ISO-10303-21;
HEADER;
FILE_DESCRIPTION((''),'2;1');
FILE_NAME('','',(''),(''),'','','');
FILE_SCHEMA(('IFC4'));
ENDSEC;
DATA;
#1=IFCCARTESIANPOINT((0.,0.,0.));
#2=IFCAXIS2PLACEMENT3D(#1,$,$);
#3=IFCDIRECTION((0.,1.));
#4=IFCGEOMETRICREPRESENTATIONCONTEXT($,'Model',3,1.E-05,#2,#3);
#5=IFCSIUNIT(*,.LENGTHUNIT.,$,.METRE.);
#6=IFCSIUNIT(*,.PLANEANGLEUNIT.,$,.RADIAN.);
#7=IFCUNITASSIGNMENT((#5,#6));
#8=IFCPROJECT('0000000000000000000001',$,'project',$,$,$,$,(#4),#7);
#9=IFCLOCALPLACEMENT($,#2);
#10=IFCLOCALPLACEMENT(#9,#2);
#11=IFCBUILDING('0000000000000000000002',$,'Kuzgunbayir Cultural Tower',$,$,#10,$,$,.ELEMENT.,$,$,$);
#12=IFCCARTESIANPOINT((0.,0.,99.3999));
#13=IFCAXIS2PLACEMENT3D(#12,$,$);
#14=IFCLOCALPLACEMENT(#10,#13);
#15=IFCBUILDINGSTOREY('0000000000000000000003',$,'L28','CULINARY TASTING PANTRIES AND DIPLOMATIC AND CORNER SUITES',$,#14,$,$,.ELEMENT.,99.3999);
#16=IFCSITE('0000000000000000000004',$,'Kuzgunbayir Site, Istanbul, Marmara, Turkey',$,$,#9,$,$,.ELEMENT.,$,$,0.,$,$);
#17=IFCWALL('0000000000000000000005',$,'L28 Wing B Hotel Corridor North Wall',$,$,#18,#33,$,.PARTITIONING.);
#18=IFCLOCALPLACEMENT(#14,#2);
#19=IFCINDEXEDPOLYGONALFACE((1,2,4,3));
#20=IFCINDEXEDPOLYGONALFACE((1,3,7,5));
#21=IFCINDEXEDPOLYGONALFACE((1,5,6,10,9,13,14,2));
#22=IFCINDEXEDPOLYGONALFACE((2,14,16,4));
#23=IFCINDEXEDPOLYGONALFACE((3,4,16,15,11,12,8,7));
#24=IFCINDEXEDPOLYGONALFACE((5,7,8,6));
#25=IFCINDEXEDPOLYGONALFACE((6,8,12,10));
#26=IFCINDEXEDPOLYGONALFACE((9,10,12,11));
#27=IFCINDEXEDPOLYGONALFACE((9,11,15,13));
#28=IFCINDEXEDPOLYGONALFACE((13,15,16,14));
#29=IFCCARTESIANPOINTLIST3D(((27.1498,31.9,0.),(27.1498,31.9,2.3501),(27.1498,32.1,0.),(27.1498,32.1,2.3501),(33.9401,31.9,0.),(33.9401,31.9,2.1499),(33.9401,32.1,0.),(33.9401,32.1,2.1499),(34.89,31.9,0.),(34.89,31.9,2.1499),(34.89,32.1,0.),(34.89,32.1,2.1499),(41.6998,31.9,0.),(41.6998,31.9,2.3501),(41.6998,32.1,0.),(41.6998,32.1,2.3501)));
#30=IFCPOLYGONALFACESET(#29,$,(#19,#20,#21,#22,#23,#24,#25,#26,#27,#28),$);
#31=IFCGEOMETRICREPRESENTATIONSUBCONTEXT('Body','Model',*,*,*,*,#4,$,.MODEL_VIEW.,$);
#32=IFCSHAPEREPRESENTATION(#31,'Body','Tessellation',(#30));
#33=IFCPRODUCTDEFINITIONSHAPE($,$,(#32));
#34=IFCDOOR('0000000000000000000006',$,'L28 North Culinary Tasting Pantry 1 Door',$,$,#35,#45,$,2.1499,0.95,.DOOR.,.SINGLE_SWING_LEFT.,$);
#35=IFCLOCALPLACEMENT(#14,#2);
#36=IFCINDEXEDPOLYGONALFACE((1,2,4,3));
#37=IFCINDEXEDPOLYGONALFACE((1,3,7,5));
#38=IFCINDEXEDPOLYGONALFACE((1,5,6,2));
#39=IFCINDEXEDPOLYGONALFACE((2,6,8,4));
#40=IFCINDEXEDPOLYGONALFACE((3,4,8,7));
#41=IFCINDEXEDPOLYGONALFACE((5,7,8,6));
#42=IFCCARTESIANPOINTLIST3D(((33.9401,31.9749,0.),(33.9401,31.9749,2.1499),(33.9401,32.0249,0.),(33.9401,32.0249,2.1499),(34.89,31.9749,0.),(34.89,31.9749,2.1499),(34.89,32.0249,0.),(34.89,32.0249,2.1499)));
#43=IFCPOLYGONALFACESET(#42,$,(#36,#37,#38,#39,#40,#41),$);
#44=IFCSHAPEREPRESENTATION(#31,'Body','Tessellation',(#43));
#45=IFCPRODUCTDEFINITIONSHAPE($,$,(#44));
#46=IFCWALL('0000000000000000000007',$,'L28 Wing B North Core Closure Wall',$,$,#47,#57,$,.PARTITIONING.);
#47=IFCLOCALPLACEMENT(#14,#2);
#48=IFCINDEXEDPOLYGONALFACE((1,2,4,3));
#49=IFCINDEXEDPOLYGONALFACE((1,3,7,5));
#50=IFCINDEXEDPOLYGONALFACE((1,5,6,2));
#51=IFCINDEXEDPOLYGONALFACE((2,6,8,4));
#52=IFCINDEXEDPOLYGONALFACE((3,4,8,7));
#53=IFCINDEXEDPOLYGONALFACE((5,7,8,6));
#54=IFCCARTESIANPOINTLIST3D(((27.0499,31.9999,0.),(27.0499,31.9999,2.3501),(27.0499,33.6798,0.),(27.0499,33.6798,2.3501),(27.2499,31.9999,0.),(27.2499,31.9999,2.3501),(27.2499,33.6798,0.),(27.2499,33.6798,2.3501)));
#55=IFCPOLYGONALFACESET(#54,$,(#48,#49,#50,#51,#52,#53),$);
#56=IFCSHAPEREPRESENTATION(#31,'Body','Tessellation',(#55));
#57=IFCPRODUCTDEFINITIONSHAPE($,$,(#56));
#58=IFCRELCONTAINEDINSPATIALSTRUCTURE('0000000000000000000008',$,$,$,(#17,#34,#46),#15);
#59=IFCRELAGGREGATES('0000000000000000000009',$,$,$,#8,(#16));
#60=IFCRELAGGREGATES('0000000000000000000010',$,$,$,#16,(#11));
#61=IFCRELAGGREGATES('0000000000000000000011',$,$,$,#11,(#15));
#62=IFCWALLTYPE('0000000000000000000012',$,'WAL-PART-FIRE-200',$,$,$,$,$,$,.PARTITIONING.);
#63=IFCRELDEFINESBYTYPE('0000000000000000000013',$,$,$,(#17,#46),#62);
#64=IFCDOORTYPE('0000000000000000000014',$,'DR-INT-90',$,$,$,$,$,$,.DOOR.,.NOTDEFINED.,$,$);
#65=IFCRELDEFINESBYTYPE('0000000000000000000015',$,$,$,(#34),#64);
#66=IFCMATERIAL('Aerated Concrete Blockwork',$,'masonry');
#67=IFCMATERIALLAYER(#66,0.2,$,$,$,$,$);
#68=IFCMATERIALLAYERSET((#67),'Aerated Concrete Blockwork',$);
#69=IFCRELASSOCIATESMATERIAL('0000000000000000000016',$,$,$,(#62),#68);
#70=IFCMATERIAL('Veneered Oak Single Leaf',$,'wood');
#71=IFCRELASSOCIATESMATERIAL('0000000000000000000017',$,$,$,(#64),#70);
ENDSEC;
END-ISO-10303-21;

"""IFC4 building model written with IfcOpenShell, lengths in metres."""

from ifc_helpers import new_model, si_unit, direction, frame, frame_2d, origin, place, context, subcontext, project, spatial, rectangle, extrude, material, layer, layer_set, type_object, element, fill, save


model = new_model("IFC4")

# Units and contexts
model_context = context("Model", 3, precision=1e-05, world=origin(), true_north=direction((0.0, 1.0)))
body_context = subcontext(model_context, "Body", "Model", "MODEL_VIEW")
ifc_project = project(units=[si_unit("LENGTHUNIT", "METRE"), si_unit("PLANEANGLEUNIT", "RADIAN")], contexts=[model_context])

# Site, building, storey
site_placement = place(None, origin())
site = spatial("IfcSite", under=ifc_project, at=site_placement, Name="Kuzgunbayir Site, Istanbul, Marmara, Turkey", CompositionType="ELEMENT", RefElevation=0.0)
building_placement = place(site_placement, origin())
building = spatial("IfcBuilding", under=site, at=building_placement, Name="Kuzgunbayir Cultural Tower", CompositionType="ELEMENT")
storey_placement = place(building_placement, frame((0.0, 0.0, 99.3999)))
storey = spatial("IfcBuildingStorey", under=building, at=storey_placement, Name="L28", Description="CULINARY TASTING PANTRIES AND DIPLOMATIC AND CORNER SUITES", CompositionType="ELEMENT", Elevation=99.3999)

# Shared definitions
ifc_material_1 = material(Name="Aerated Concrete Blockwork", Category="masonry")
ifc_layer = layer(ifc_material_1, 0.2)
ifc_layer_set = layer_set([ifc_layer], Name="Aerated Concrete Blockwork")
wall_type = type_object("IfcWallType", Name="WAL-PART-FIRE-200", PredefinedType="PARTITIONING", material=ifc_layer_set)
ifc_material_2 = material(Name="Veneered Oak Single Leaf", Category="wood")
door_type = type_object("IfcDoorType", Name="DR-INT-90", OperationType="NOTDEFINED", PredefinedType="DOOR", material=ifc_material_2)

# Wall, opening, door
wall_1_placement = place(storey_placement, frame((27.1499, 32.0, 0.0), z_axis=(0.0, 0.0, 1.0), x_axis=(1.0, 0.0, 0.0)))
wall_1 = element("IfcWall", 1, at=wall_1_placement, inside=storey, type_object=wall_type, Name="L28 Wing B Hotel Corridor North Wall", PredefinedType="PARTITIONING", context=body_context, shape_type="SweptSolid", body=[
    extrude(rectangle(XDim=14.55, YDim=0.2, at=frame_2d((7.2749, 0.0))), origin(), (0.0, 0.0, 1.0), 2.3501),
])
opening_1_placement = place(wall_1_placement, frame((6.79, 0.0, 0.0)))
opening_1 = element("IfcOpeningElement", 2, at=opening_1_placement, cuts=wall_1, PredefinedType="OPENING", context=body_context, shape_type="SweptSolid", body=[
    extrude(rectangle(XDim=0.95, YDim=2.1499, at=frame_2d((0.4751, 1.075))), frame((0.0, 0.1099, 0.0), z_axis=(0.0, -1.0, 0.0), x_axis=(1.0, 0.0, 0.0)), (0.0, 0.0, 1.0), 0.22),
])
door_1_placement = place(opening_1_placement, origin())
door_1 = element("IfcDoor", 3, at=door_1_placement, inside=storey, type_object=door_type, Name="L28 North Culinary Tasting Pantry 1 Door", OperationType="SINGLE_SWING_LEFT", OverallHeight=2.1499, OverallWidth=0.95, PredefinedType="DOOR", context=body_context, shape_type="SweptSolid", body=[
    extrude(rectangle(XDim=0.95, YDim=2.1499, at=frame_2d((0.4751, 1.075))), frame((0.0, 0.0249, 0.0), z_axis=(0.0, -1.0, 0.0), x_axis=(1.0, 0.0, 0.0)), (0.0, 0.0, 1.0), 0.05),
])
fill(opening_1, door_1)

# Wall
wall_2_placement = place(storey_placement, frame((27.1499, 32.0, 0.0), z_axis=(0.0, 0.0, 1.0), x_axis=(0.0, 1.0, 0.0)))
element("IfcWall", 4, at=wall_2_placement, inside=storey, type_object=wall_type, Name="L28 Wing B North Core Closure Wall", PredefinedType="PARTITIONING", context=body_context, shape_type="SweptSolid", body=[
    extrude(rectangle(XDim=1.6799, YDim=0.2, at=frame_2d((0.8398, 0.0))), origin(), (0.0, 0.0, 1.0), 2.3501),
])

save(model, "model.ifc")
